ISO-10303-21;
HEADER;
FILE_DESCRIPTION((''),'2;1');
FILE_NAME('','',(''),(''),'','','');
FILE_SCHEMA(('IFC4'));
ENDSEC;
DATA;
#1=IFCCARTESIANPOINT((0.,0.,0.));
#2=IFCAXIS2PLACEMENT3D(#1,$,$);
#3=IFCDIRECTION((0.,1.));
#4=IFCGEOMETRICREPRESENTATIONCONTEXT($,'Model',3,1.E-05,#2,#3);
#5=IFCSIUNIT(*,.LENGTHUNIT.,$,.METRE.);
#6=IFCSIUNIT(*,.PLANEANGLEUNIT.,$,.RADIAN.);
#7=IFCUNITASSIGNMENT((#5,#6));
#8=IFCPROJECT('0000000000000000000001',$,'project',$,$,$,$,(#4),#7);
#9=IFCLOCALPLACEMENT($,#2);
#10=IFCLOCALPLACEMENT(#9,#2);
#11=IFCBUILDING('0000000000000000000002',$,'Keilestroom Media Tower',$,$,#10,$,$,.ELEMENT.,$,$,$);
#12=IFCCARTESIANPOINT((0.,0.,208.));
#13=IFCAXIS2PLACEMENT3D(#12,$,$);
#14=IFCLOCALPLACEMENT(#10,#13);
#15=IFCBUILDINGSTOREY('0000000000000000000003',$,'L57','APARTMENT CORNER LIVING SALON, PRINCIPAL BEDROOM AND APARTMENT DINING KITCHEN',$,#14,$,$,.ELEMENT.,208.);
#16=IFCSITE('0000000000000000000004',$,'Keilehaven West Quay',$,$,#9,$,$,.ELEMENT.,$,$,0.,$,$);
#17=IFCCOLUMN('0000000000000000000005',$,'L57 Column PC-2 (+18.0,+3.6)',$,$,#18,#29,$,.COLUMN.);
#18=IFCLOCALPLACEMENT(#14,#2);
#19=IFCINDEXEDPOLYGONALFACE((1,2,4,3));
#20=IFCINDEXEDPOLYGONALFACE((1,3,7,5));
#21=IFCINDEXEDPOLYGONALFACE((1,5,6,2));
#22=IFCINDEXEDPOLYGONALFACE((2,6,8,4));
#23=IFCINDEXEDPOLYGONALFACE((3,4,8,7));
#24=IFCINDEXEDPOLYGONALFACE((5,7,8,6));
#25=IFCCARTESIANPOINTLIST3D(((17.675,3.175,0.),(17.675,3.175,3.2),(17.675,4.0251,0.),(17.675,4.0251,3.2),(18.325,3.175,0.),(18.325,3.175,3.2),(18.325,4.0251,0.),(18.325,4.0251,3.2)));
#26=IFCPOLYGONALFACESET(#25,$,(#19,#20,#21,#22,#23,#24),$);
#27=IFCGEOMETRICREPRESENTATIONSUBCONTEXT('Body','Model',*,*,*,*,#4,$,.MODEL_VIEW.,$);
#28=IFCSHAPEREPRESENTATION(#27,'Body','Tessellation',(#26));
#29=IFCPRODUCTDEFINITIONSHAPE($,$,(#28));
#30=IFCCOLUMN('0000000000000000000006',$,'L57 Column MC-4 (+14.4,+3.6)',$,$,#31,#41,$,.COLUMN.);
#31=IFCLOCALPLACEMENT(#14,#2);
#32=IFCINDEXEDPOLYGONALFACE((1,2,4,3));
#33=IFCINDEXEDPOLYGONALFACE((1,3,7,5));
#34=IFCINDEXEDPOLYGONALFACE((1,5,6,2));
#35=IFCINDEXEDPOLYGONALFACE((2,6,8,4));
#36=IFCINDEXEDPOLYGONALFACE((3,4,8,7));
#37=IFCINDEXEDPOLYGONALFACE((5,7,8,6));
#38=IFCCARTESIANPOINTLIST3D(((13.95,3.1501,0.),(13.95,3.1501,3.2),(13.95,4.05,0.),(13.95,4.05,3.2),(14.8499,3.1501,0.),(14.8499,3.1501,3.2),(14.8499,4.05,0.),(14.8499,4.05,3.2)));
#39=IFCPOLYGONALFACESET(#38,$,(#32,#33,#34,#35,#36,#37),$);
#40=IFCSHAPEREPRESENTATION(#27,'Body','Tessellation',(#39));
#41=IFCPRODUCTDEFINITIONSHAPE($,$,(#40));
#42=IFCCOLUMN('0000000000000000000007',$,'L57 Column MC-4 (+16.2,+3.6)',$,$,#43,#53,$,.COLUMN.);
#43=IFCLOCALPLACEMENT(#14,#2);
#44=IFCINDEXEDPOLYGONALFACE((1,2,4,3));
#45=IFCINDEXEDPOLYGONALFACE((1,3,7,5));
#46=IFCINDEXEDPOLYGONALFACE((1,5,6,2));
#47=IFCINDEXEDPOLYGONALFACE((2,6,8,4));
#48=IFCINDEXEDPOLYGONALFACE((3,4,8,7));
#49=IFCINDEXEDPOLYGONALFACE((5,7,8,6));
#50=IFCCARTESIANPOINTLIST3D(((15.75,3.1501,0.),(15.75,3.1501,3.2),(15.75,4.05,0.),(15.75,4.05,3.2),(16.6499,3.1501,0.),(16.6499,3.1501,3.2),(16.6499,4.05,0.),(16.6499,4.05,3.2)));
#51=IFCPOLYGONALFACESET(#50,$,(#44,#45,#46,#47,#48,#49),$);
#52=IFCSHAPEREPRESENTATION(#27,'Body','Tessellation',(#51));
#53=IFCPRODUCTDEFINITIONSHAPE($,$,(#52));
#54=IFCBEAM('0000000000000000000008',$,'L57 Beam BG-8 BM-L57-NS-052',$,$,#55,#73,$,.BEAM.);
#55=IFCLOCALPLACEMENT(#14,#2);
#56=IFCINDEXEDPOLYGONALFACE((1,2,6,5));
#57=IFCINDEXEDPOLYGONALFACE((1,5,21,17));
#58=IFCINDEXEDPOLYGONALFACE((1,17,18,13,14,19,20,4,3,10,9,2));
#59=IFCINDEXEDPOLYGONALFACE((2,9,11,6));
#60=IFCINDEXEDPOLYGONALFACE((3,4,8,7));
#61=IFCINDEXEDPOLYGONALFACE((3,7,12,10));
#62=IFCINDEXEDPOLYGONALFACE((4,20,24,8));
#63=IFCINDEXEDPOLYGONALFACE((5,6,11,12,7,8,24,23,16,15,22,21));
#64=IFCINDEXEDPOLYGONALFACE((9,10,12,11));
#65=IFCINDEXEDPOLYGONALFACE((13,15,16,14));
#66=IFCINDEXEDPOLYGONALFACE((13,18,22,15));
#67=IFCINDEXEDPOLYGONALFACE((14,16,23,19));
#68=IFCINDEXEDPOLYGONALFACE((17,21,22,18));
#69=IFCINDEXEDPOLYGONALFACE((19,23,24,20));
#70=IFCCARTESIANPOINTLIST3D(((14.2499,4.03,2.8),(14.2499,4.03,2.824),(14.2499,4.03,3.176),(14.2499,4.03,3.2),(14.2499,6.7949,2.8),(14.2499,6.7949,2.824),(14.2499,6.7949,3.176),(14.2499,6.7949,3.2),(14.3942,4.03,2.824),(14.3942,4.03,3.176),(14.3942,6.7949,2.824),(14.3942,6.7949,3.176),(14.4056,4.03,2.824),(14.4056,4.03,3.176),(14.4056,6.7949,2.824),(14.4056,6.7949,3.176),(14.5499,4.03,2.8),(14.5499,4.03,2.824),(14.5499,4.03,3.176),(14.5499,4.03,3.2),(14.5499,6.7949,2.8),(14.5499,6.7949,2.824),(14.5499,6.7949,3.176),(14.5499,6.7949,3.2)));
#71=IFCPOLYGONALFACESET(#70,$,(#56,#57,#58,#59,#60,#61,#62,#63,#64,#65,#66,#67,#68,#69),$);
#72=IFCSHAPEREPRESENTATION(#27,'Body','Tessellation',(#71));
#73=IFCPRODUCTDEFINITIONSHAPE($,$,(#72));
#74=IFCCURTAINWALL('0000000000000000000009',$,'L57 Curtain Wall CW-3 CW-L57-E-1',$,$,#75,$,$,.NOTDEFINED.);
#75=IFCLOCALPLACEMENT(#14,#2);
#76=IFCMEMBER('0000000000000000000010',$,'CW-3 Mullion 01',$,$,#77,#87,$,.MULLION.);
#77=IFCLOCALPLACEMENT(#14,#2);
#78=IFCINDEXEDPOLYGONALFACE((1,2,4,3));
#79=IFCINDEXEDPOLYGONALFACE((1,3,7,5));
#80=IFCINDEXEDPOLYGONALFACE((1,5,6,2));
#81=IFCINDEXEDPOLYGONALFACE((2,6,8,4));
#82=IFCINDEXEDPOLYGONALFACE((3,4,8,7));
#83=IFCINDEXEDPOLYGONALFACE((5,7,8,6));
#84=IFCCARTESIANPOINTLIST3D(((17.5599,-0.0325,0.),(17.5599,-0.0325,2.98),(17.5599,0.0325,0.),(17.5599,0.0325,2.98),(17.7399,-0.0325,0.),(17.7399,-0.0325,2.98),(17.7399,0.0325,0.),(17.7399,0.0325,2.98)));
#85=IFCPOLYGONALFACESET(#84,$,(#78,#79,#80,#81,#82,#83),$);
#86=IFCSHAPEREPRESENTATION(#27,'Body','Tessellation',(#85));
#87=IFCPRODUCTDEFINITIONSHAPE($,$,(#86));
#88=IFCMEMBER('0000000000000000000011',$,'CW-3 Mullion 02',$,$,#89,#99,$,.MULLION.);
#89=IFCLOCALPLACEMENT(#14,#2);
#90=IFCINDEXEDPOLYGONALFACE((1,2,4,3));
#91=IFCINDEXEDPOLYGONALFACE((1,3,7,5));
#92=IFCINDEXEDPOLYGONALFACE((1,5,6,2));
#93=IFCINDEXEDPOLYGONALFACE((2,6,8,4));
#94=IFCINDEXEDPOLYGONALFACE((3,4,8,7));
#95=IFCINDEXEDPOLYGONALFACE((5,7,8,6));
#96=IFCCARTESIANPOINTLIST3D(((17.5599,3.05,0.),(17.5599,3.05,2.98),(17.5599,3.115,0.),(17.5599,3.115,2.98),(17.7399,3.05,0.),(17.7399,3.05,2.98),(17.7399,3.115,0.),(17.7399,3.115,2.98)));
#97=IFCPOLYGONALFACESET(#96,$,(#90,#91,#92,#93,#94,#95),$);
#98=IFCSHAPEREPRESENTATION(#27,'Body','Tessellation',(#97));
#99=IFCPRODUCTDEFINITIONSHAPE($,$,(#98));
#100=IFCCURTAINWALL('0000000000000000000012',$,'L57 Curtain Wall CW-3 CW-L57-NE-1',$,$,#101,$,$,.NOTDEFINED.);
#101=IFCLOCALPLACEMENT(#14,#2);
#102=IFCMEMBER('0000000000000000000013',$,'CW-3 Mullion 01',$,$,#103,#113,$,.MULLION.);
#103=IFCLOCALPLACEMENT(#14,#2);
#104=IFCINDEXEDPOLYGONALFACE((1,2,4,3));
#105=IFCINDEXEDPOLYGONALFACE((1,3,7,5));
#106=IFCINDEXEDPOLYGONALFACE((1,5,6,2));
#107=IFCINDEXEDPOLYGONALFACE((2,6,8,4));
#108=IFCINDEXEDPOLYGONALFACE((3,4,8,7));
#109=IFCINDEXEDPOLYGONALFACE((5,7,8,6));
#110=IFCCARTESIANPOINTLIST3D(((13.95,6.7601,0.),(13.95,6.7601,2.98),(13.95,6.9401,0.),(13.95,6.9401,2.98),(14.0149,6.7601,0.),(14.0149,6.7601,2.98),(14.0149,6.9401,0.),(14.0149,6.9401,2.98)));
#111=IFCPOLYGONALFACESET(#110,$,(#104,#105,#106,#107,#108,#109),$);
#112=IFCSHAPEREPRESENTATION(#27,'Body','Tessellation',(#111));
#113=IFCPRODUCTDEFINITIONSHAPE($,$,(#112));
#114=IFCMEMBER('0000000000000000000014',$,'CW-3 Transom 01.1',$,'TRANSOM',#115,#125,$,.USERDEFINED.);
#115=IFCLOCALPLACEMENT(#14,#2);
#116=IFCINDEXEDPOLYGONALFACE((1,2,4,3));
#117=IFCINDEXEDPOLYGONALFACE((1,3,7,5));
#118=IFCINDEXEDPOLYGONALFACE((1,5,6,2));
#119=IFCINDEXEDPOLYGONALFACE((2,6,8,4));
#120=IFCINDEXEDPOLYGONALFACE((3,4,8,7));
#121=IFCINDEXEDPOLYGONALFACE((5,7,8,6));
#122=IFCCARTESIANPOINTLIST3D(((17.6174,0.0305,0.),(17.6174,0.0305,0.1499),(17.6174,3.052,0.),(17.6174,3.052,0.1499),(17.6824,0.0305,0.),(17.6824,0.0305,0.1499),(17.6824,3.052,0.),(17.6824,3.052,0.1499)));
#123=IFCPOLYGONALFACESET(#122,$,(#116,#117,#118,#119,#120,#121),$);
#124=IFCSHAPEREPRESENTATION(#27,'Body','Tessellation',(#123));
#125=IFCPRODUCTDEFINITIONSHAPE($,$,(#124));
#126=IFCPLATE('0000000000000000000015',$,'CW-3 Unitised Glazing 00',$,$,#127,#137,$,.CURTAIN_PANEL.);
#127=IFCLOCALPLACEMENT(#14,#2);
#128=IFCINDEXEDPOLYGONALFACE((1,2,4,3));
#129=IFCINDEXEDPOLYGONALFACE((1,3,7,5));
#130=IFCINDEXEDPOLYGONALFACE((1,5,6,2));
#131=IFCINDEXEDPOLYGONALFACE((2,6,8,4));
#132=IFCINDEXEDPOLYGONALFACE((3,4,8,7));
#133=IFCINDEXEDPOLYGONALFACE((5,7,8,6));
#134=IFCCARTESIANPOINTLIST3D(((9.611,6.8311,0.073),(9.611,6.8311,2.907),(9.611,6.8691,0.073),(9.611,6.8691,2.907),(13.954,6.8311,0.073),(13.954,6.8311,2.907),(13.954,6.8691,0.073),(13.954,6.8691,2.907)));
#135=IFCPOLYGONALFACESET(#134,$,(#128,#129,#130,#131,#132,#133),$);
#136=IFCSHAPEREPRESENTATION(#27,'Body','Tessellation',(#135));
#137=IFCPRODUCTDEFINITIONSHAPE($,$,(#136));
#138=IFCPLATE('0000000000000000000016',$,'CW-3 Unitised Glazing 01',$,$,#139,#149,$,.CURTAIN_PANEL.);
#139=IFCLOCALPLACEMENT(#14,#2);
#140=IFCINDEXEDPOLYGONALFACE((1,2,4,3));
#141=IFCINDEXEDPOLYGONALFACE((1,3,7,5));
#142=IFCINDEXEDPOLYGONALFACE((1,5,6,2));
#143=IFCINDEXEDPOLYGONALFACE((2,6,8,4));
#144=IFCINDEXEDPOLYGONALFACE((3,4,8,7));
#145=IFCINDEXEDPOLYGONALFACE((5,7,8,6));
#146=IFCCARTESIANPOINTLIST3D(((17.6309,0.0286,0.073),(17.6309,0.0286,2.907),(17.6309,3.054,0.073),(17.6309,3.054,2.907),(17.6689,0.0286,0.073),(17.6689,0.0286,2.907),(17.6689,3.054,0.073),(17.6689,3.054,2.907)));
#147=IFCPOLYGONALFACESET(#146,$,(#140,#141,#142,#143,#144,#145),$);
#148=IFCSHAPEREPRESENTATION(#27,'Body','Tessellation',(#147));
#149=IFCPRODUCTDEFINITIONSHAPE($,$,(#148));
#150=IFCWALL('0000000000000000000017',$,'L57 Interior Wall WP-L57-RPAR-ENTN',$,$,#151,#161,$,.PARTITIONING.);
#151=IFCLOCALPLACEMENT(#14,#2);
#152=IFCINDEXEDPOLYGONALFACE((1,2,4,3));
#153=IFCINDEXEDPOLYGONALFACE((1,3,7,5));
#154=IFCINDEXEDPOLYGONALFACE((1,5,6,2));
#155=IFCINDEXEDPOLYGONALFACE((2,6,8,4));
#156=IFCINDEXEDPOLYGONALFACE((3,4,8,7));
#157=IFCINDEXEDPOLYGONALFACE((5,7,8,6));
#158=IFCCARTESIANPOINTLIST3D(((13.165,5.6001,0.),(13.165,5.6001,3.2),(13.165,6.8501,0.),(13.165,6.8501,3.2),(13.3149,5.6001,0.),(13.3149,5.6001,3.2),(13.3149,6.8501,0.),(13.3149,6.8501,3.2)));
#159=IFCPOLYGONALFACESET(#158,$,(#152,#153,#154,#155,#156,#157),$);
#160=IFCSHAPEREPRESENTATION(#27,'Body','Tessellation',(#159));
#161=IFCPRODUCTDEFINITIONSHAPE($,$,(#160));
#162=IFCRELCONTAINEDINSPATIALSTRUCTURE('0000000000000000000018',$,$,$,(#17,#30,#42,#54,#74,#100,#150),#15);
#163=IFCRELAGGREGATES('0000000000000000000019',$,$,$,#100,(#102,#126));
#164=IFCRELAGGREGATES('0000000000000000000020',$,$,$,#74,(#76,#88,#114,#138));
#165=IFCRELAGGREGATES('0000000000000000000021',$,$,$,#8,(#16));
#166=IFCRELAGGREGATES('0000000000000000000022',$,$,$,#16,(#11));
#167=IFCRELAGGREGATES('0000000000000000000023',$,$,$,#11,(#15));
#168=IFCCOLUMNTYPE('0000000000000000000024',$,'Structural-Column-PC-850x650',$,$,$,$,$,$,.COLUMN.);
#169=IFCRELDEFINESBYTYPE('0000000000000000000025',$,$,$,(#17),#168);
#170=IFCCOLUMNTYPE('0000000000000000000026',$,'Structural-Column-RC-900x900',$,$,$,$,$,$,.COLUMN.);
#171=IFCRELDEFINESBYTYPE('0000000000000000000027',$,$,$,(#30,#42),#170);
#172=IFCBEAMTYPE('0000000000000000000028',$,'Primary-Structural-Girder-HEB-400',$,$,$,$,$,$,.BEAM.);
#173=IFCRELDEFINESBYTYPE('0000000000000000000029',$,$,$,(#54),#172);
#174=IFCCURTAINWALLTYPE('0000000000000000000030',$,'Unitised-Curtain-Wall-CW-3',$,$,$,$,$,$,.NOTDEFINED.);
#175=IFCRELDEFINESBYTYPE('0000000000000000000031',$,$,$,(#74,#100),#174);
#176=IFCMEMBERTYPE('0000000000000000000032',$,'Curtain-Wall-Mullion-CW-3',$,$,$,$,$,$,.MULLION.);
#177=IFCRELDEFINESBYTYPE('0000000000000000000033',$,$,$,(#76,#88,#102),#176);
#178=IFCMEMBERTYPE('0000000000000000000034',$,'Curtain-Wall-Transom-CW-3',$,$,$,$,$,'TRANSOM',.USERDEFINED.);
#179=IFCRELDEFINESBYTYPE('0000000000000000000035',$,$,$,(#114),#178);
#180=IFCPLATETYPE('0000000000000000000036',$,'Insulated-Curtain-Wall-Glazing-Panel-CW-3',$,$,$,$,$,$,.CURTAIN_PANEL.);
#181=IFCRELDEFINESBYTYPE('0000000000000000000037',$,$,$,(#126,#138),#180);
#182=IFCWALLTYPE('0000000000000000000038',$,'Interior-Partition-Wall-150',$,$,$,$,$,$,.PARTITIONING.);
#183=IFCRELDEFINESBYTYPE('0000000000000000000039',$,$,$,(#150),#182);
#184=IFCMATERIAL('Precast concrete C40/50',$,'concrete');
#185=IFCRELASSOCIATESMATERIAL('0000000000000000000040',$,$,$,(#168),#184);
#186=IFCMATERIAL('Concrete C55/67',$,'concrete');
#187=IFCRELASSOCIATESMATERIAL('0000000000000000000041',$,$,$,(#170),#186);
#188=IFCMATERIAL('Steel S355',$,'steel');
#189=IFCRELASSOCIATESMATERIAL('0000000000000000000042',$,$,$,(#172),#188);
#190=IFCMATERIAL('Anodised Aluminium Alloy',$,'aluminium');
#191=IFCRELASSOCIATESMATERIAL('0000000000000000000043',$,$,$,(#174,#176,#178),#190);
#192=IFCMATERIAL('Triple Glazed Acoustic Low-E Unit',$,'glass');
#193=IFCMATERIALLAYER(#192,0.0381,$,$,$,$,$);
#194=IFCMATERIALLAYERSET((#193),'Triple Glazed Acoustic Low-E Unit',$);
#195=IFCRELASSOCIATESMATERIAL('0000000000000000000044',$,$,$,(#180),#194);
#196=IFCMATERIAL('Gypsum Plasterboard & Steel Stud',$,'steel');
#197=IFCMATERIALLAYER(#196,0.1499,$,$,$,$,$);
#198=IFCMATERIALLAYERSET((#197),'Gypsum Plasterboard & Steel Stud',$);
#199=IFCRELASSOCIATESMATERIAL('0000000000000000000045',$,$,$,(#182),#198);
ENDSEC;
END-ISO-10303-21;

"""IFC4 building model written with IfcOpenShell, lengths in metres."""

from ifc_helpers import new_model, si_unit, direction, frame, frame_2d, origin, origin_2d, place, context, subcontext, project, spatial, rectangle, i_section, extrude, source, transform, mapped, material, layer, layer_set, material_profile, profile_set, type_object, element, aggregate, save


model = new_model("IFC4")

# Units and contexts
model_context = context("Model", 3, precision=1e-05, world=origin(), true_north=direction((0.0, 1.0)))
body_context = subcontext(model_context, "Body", "Model", "MODEL_VIEW")
ifc_project = project(units=[si_unit("LENGTHUNIT", "METRE"), si_unit("PLANEANGLEUNIT", "RADIAN")], contexts=[model_context])

# Site, building, storey
site_placement = place(None, origin())
site = spatial("IfcSite", under=ifc_project, at=site_placement, Name="Keilehaven West Quay", CompositionType="ELEMENT", RefElevation=0.0)
building_placement = place(site_placement, origin())
building = spatial("IfcBuilding", under=site, at=building_placement, Name="Keilestroom Media Tower", CompositionType="ELEMENT")
storey_placement = place(building_placement, frame((0.0, 0.0, 208.0)))
storey = spatial("IfcBuildingStorey", under=building, at=storey_placement, Name="L57", Description="APARTMENT CORNER LIVING SALON, PRINCIPAL BEDROOM AND APARTMENT DINING KITCHEN", CompositionType="ELEMENT", Elevation=208.0)

# Columns
ifc_material_1 = material(Name="Precast concrete C40/50", Category="concrete")
ifc_material_profile_1 = material_profile(ifc_material_1, rectangle(XDim=0.6499, YDim=0.8501, at=origin_2d()), Name="PC 850x650")
ifc_profile_set_1 = profile_set([ifc_material_profile_1], Name="Precast concrete C40/50")
column_type_1 = type_object("IfcColumnType", Name="Structural-Column-PC-850x650", PredefinedType="COLUMN", material=ifc_profile_set_1)
shared_shape_1 = source(origin(), body_context, "Body", "SweptSolid", [
    extrude(rectangle(XDim=0.6499, YDim=0.8501, at=origin_2d()), origin(), (0.0, 0.0, 1.0), 3.2),
])
column_placement = place(storey_placement, frame((18.0, 3.6001, 0.0), z_axis=(0.0, 0.0, 1.0), x_axis=(1.0, 0.0, 0.0)))
element("IfcColumn", 1, at=column_placement, inside=storey, type_object=column_type_1, Name="L57 Column PC-2 (+18.0,+3.6)", PredefinedType="COLUMN", context=body_context, shape_type="MappedRepresentation", body=[
    mapped(shared_shape_1, transform((0.0, 0.0, 0.0), x_axis=(1.0, 0.0, 0.0), y_axis=(0.0, 1.0, 0.0), z_axis=(0.0, 0.0, 1.0), scale=1.0)),
])
ifc_material_2 = material(Name="Concrete C55/67", Category="concrete")
ifc_material_profile_2 = material_profile(ifc_material_2, rectangle(XDim=0.8999, YDim=0.8999, at=origin_2d()), Name="RC 900x900")
ifc_profile_set_2 = profile_set([ifc_material_profile_2], Name="Concrete C55/67")
column_type_2 = type_object("IfcColumnType", Name="Structural-Column-RC-900x900", PredefinedType="COLUMN", material=ifc_profile_set_2)
shared_shape_2 = source(origin(), body_context, "Body", "SweptSolid", [
    extrude(rectangle(XDim=0.8999, YDim=0.8999, at=origin_2d()), origin(), (0.0, 0.0, 1.0), 3.2),
])
for number, where, z_axis, x_axis, name in (
    (2, (14.3999, 3.6001, 0.0), (0.0, 0.0, 1.0), (1.0, 0.0, 0.0), "L57 Column MC-4 (+14.4,+3.6)"),
    (3, (16.2, 3.6001, 0.0), (0.0, 0.0, 1.0), (1.0, 0.0, 0.0), "L57 Column MC-4 (+16.2,+3.6)"),
):
    element("IfcColumn", number, at=place(storey_placement, frame(where, z_axis=z_axis, x_axis=x_axis)), inside=storey, type_object=column_type_2, Name=name, PredefinedType="COLUMN", context=body_context, shape_type="MappedRepresentation", body=[
        mapped(shared_shape_2, transform((0.0, 0.0, 0.0), x_axis=(1.0, 0.0, 0.0), y_axis=(0.0, 1.0, 0.0), z_axis=(0.0, 0.0, 1.0), scale=1.0)),
    ])

# Beam
ifc_material_3 = material(Name="Steel S355", Category="steel")
ifc_material_profile_3 = material_profile(ifc_material_3, i_section(OverallWidth=0.3, OverallDepth=0.3999, WebThickness=0.0115, FlangeThickness=0.0239, at=origin_2d()), Name="HEB 400")
ifc_profile_set_3 = profile_set([ifc_material_profile_3], Name="Steel S355")
beam_type = type_object("IfcBeamType", Name="Primary-Structural-Girder-HEB-400", PredefinedType="BEAM", material=ifc_profile_set_3)
shared_shape_3 = source(origin(), body_context, "Body", "SweptSolid", [
    extrude(i_section(OverallWidth=0.3, OverallDepth=0.3999, WebThickness=0.0115, FlangeThickness=0.0239, at=origin_2d()), origin(), (0.0, 0.0, 1.0), 2.7649),
])
beam_placement = place(storey_placement, frame((14.3999, 4.03, 3.0), z_axis=(0.0, 1.0, 0.0), x_axis=(-1.0, 0.0, 0.0)))
element("IfcBeam", 4, at=beam_placement, inside=storey, type_object=beam_type, Name="L57 Beam BG-8 BM-L57-NS-052", PredefinedType="BEAM", context=body_context, shape_type="MappedRepresentation", body=[
    mapped(shared_shape_3, transform((0.0, 0.0, 0.0), x_axis=(1.0, 0.0, 0.0), y_axis=(0.0, 1.0, 0.0), z_axis=(0.0, 0.0, 1.0), scale=1.0)),
])

# Curtain wall, members
ifc_material_4 = material(Name="Anodised Aluminium Alloy", Category="aluminium")
curtain_wall_type = type_object("IfcCurtainWallType", Name="Unitised-Curtain-Wall-CW-3", PredefinedType="NOTDEFINED", material=ifc_material_4)
curtain_wall_1_placement = place(storey_placement, origin())
curtain_wall_1 = element("IfcCurtainWall", 5, at=curtain_wall_1_placement, inside=storey, type_object=curtain_wall_type, Name="L57 Curtain Wall CW-3 CW-L57-E-1", PredefinedType="NOTDEFINED")
ifc_material_profile_4 = material_profile(ifc_material_4, rectangle(XDim=0.0649, YDim=0.1799, at=origin_2d()), Name="ALU MULLION 65x180")
ifc_profile_set_4 = profile_set([ifc_material_profile_4], Name="Anodised Aluminium Alloy")
member_type_1 = type_object("IfcMemberType", Name="Curtain-Wall-Mullion-CW-3", PredefinedType="MULLION", material=ifc_profile_set_4)
shared_shape_4 = source(origin(), body_context, "Body", "SweptSolid", [
    extrude(rectangle(XDim=0.0649, YDim=0.1799, at=origin_2d()), origin(), (0.0, 0.0, 1.0), 2.98),
])
member_1_placement = place(storey_placement, frame((17.6499, 0.0, 0.0), z_axis=(0.0, 0.0, 1.0), x_axis=(0.0, 1.0, 0.0)))
member_1 = element("IfcMember", 6, at=member_1_placement, type_object=member_type_1, Name="CW-3 Mullion 01", PredefinedType="MULLION", context=body_context, shape_type="MappedRepresentation", body=[
    mapped(shared_shape_4, transform((0.0, 0.0, 0.0), x_axis=(1.0, 0.0, 0.0), y_axis=(0.0, 1.0, 0.0), z_axis=(0.0, 0.0, 1.0), scale=1.0)),
])
member_2_placement = place(storey_placement, frame((17.6499, 3.0825, 0.0), z_axis=(0.0, 0.0, 1.0), x_axis=(0.0, 1.0, 0.0)))
member_2 = element("IfcMember", 7, at=member_2_placement, type_object=member_type_1, Name="CW-3 Mullion 02", PredefinedType="MULLION", context=body_context, shape_type="MappedRepresentation", body=[
    mapped(shared_shape_4, transform((0.0, 0.0, 0.0), x_axis=(1.0, 0.0, 0.0), y_axis=(0.0, 1.0, 0.0), z_axis=(0.0, 0.0, 1.0), scale=1.0)),
])

# Curtain wall, member
curtain_wall_2_placement = place(storey_placement, origin())
curtain_wall_2 = element("IfcCurtainWall", 8, at=curtain_wall_2_placement, inside=storey, type_object=curtain_wall_type, Name="L57 Curtain Wall CW-3 CW-L57-NE-1", PredefinedType="NOTDEFINED")
member_3_placement = place(storey_placement, frame((13.9824, 6.8501, 0.0), z_axis=(0.0, 0.0, 1.0), x_axis=(1.0, 0.0, 0.0)))
member_3 = element("IfcMember", 9, at=member_3_placement, type_object=member_type_1, Name="CW-3 Mullion 01", PredefinedType="MULLION", context=body_context, shape_type="MappedRepresentation", body=[
    mapped(shared_shape_4, transform((0.0, 0.0, 0.0), x_axis=(1.0, 0.0, 0.0), y_axis=(0.0, 1.0, 0.0), z_axis=(0.0, 0.0, 1.0), scale=1.0)),
])

# Member
ifc_material_profile_5 = material_profile(ifc_material_4, rectangle(XDim=0.0649, YDim=0.1499, at=origin_2d()), Name="ALU TRANSOM 65x150")
ifc_profile_set_5 = profile_set([ifc_material_profile_5], Name="Anodised Aluminium Alloy")
member_type_2 = type_object("IfcMemberType", Name="Curtain-Wall-Transom-CW-3", ElementType="TRANSOM", PredefinedType="USERDEFINED", material=ifc_profile_set_5)
shared_shape_5 = source(origin(), body_context, "Body", "SweptSolid", [
    extrude(rectangle(XDim=0.0649, YDim=0.1499, at=origin_2d()), origin(), (0.0, 0.0, 1.0), 3.0215),
])
member_4_placement = place(storey_placement, frame((17.6499, 0.0305, 0.075), z_axis=(0.0, 1.0, 0.0), x_axis=(-1.0, 0.0, 0.0)))
member_4 = element("IfcMember", 10, at=member_4_placement, type_object=member_type_2, Name="CW-3 Transom 01.1", ObjectType="TRANSOM", PredefinedType="USERDEFINED", context=body_context, shape_type="MappedRepresentation", body=[
    mapped(shared_shape_5, transform((0.0, 0.0, 0.0), x_axis=(1.0, 0.0, 0.0), y_axis=(0.0, 1.0, 0.0), z_axis=(0.0, 0.0, 1.0), scale=1.0)),
])

# Plates
ifc_material_5 = material(Name="Triple Glazed Acoustic Low-E Unit", Category="glass")
ifc_layer_1 = layer(ifc_material_5, 0.0381)
ifc_layer_set_1 = layer_set([ifc_layer_1], Name="Triple Glazed Acoustic Low-E Unit")
plate_type = type_object("IfcPlateType", Name="Insulated-Curtain-Wall-Glazing-Panel-CW-3", PredefinedType="CURTAIN_PANEL", material=ifc_layer_set_1)
shared_shape_6 = source(origin(), body_context, "Body", "SweptSolid", [
    extrude(rectangle(XDim=4.343, YDim=0.0381, at=origin_2d()), origin(), (0.0, 0.0, 1.0), 2.834),
])
plate_1_placement = place(storey_placement, frame((11.7825, 6.8501, 0.073), z_axis=(0.0, 0.0, 1.0), x_axis=(1.0, 0.0, 0.0)))
plate_1 = element("IfcPlate", 11, at=plate_1_placement, type_object=plate_type, Name="CW-3 Unitised Glazing 00", PredefinedType="CURTAIN_PANEL", context=body_context, shape_type="MappedRepresentation", body=[
    mapped(shared_shape_6, transform((0.0, 0.0, 0.0), x_axis=(1.0, 0.0, 0.0), y_axis=(0.0, 1.0, 0.0), z_axis=(0.0, 0.0, 1.0), scale=1.0)),
])
aggregate(curtain_wall_2, [member_3, plate_1])
shared_shape_7 = source(origin(), body_context, "Body", "SweptSolid", [
    extrude(rectangle(XDim=3.0254, YDim=0.0381, at=origin_2d()), origin(), (0.0, 0.0, 1.0), 2.834),
])
plate_2_placement = place(storey_placement, frame((17.6499, 1.5413, 0.073), z_axis=(0.0, 0.0, 1.0), x_axis=(0.0, 1.0, 0.0)))
plate_2 = element("IfcPlate", 12, at=plate_2_placement, type_object=plate_type, Name="CW-3 Unitised Glazing 01", PredefinedType="CURTAIN_PANEL", context=body_context, shape_type="MappedRepresentation", body=[
    mapped(shared_shape_7, transform((0.0, 0.0, 0.0), x_axis=(1.0, 0.0, 0.0), y_axis=(0.0, 1.0, 0.0), z_axis=(0.0, 0.0, 1.0), scale=1.0)),
])
aggregate(curtain_wall_1, [member_1, member_2, member_4, plate_2])

# Wall
ifc_material_6 = material(Name="Gypsum Plasterboard & Steel Stud", Category="steel")
ifc_layer_2 = layer(ifc_material_6, 0.1499)
ifc_layer_set_2 = layer_set([ifc_layer_2], Name="Gypsum Plasterboard & Steel Stud")
wall_type_1 = type_object("IfcWallType", Name="Interior-Partition-Wall-150", PredefinedType="PARTITIONING", material=ifc_layer_set_2)
wall_1_placement = place(storey_placement, frame((13.24, 5.6001, 0.0), z_axis=(0.0, 0.0, 1.0), x_axis=(0.0, 1.0, 0.0)))
element("IfcWall", 13, at=wall_1_placement, inside=storey, type_object=wall_type_1, Name="L57 Interior Wall WP-L57-RPAR-ENTN", PredefinedType="PARTITIONING", context=body_context, shape_type="SweptSolid", body=[
    extrude(rectangle(XDim=1.25, YDim=0.1499, at=frame_2d((0.625, 0.0))), origin(), (0.0, 0.0, 1.0), 3.2),
])

save(model, "model.ifc")
